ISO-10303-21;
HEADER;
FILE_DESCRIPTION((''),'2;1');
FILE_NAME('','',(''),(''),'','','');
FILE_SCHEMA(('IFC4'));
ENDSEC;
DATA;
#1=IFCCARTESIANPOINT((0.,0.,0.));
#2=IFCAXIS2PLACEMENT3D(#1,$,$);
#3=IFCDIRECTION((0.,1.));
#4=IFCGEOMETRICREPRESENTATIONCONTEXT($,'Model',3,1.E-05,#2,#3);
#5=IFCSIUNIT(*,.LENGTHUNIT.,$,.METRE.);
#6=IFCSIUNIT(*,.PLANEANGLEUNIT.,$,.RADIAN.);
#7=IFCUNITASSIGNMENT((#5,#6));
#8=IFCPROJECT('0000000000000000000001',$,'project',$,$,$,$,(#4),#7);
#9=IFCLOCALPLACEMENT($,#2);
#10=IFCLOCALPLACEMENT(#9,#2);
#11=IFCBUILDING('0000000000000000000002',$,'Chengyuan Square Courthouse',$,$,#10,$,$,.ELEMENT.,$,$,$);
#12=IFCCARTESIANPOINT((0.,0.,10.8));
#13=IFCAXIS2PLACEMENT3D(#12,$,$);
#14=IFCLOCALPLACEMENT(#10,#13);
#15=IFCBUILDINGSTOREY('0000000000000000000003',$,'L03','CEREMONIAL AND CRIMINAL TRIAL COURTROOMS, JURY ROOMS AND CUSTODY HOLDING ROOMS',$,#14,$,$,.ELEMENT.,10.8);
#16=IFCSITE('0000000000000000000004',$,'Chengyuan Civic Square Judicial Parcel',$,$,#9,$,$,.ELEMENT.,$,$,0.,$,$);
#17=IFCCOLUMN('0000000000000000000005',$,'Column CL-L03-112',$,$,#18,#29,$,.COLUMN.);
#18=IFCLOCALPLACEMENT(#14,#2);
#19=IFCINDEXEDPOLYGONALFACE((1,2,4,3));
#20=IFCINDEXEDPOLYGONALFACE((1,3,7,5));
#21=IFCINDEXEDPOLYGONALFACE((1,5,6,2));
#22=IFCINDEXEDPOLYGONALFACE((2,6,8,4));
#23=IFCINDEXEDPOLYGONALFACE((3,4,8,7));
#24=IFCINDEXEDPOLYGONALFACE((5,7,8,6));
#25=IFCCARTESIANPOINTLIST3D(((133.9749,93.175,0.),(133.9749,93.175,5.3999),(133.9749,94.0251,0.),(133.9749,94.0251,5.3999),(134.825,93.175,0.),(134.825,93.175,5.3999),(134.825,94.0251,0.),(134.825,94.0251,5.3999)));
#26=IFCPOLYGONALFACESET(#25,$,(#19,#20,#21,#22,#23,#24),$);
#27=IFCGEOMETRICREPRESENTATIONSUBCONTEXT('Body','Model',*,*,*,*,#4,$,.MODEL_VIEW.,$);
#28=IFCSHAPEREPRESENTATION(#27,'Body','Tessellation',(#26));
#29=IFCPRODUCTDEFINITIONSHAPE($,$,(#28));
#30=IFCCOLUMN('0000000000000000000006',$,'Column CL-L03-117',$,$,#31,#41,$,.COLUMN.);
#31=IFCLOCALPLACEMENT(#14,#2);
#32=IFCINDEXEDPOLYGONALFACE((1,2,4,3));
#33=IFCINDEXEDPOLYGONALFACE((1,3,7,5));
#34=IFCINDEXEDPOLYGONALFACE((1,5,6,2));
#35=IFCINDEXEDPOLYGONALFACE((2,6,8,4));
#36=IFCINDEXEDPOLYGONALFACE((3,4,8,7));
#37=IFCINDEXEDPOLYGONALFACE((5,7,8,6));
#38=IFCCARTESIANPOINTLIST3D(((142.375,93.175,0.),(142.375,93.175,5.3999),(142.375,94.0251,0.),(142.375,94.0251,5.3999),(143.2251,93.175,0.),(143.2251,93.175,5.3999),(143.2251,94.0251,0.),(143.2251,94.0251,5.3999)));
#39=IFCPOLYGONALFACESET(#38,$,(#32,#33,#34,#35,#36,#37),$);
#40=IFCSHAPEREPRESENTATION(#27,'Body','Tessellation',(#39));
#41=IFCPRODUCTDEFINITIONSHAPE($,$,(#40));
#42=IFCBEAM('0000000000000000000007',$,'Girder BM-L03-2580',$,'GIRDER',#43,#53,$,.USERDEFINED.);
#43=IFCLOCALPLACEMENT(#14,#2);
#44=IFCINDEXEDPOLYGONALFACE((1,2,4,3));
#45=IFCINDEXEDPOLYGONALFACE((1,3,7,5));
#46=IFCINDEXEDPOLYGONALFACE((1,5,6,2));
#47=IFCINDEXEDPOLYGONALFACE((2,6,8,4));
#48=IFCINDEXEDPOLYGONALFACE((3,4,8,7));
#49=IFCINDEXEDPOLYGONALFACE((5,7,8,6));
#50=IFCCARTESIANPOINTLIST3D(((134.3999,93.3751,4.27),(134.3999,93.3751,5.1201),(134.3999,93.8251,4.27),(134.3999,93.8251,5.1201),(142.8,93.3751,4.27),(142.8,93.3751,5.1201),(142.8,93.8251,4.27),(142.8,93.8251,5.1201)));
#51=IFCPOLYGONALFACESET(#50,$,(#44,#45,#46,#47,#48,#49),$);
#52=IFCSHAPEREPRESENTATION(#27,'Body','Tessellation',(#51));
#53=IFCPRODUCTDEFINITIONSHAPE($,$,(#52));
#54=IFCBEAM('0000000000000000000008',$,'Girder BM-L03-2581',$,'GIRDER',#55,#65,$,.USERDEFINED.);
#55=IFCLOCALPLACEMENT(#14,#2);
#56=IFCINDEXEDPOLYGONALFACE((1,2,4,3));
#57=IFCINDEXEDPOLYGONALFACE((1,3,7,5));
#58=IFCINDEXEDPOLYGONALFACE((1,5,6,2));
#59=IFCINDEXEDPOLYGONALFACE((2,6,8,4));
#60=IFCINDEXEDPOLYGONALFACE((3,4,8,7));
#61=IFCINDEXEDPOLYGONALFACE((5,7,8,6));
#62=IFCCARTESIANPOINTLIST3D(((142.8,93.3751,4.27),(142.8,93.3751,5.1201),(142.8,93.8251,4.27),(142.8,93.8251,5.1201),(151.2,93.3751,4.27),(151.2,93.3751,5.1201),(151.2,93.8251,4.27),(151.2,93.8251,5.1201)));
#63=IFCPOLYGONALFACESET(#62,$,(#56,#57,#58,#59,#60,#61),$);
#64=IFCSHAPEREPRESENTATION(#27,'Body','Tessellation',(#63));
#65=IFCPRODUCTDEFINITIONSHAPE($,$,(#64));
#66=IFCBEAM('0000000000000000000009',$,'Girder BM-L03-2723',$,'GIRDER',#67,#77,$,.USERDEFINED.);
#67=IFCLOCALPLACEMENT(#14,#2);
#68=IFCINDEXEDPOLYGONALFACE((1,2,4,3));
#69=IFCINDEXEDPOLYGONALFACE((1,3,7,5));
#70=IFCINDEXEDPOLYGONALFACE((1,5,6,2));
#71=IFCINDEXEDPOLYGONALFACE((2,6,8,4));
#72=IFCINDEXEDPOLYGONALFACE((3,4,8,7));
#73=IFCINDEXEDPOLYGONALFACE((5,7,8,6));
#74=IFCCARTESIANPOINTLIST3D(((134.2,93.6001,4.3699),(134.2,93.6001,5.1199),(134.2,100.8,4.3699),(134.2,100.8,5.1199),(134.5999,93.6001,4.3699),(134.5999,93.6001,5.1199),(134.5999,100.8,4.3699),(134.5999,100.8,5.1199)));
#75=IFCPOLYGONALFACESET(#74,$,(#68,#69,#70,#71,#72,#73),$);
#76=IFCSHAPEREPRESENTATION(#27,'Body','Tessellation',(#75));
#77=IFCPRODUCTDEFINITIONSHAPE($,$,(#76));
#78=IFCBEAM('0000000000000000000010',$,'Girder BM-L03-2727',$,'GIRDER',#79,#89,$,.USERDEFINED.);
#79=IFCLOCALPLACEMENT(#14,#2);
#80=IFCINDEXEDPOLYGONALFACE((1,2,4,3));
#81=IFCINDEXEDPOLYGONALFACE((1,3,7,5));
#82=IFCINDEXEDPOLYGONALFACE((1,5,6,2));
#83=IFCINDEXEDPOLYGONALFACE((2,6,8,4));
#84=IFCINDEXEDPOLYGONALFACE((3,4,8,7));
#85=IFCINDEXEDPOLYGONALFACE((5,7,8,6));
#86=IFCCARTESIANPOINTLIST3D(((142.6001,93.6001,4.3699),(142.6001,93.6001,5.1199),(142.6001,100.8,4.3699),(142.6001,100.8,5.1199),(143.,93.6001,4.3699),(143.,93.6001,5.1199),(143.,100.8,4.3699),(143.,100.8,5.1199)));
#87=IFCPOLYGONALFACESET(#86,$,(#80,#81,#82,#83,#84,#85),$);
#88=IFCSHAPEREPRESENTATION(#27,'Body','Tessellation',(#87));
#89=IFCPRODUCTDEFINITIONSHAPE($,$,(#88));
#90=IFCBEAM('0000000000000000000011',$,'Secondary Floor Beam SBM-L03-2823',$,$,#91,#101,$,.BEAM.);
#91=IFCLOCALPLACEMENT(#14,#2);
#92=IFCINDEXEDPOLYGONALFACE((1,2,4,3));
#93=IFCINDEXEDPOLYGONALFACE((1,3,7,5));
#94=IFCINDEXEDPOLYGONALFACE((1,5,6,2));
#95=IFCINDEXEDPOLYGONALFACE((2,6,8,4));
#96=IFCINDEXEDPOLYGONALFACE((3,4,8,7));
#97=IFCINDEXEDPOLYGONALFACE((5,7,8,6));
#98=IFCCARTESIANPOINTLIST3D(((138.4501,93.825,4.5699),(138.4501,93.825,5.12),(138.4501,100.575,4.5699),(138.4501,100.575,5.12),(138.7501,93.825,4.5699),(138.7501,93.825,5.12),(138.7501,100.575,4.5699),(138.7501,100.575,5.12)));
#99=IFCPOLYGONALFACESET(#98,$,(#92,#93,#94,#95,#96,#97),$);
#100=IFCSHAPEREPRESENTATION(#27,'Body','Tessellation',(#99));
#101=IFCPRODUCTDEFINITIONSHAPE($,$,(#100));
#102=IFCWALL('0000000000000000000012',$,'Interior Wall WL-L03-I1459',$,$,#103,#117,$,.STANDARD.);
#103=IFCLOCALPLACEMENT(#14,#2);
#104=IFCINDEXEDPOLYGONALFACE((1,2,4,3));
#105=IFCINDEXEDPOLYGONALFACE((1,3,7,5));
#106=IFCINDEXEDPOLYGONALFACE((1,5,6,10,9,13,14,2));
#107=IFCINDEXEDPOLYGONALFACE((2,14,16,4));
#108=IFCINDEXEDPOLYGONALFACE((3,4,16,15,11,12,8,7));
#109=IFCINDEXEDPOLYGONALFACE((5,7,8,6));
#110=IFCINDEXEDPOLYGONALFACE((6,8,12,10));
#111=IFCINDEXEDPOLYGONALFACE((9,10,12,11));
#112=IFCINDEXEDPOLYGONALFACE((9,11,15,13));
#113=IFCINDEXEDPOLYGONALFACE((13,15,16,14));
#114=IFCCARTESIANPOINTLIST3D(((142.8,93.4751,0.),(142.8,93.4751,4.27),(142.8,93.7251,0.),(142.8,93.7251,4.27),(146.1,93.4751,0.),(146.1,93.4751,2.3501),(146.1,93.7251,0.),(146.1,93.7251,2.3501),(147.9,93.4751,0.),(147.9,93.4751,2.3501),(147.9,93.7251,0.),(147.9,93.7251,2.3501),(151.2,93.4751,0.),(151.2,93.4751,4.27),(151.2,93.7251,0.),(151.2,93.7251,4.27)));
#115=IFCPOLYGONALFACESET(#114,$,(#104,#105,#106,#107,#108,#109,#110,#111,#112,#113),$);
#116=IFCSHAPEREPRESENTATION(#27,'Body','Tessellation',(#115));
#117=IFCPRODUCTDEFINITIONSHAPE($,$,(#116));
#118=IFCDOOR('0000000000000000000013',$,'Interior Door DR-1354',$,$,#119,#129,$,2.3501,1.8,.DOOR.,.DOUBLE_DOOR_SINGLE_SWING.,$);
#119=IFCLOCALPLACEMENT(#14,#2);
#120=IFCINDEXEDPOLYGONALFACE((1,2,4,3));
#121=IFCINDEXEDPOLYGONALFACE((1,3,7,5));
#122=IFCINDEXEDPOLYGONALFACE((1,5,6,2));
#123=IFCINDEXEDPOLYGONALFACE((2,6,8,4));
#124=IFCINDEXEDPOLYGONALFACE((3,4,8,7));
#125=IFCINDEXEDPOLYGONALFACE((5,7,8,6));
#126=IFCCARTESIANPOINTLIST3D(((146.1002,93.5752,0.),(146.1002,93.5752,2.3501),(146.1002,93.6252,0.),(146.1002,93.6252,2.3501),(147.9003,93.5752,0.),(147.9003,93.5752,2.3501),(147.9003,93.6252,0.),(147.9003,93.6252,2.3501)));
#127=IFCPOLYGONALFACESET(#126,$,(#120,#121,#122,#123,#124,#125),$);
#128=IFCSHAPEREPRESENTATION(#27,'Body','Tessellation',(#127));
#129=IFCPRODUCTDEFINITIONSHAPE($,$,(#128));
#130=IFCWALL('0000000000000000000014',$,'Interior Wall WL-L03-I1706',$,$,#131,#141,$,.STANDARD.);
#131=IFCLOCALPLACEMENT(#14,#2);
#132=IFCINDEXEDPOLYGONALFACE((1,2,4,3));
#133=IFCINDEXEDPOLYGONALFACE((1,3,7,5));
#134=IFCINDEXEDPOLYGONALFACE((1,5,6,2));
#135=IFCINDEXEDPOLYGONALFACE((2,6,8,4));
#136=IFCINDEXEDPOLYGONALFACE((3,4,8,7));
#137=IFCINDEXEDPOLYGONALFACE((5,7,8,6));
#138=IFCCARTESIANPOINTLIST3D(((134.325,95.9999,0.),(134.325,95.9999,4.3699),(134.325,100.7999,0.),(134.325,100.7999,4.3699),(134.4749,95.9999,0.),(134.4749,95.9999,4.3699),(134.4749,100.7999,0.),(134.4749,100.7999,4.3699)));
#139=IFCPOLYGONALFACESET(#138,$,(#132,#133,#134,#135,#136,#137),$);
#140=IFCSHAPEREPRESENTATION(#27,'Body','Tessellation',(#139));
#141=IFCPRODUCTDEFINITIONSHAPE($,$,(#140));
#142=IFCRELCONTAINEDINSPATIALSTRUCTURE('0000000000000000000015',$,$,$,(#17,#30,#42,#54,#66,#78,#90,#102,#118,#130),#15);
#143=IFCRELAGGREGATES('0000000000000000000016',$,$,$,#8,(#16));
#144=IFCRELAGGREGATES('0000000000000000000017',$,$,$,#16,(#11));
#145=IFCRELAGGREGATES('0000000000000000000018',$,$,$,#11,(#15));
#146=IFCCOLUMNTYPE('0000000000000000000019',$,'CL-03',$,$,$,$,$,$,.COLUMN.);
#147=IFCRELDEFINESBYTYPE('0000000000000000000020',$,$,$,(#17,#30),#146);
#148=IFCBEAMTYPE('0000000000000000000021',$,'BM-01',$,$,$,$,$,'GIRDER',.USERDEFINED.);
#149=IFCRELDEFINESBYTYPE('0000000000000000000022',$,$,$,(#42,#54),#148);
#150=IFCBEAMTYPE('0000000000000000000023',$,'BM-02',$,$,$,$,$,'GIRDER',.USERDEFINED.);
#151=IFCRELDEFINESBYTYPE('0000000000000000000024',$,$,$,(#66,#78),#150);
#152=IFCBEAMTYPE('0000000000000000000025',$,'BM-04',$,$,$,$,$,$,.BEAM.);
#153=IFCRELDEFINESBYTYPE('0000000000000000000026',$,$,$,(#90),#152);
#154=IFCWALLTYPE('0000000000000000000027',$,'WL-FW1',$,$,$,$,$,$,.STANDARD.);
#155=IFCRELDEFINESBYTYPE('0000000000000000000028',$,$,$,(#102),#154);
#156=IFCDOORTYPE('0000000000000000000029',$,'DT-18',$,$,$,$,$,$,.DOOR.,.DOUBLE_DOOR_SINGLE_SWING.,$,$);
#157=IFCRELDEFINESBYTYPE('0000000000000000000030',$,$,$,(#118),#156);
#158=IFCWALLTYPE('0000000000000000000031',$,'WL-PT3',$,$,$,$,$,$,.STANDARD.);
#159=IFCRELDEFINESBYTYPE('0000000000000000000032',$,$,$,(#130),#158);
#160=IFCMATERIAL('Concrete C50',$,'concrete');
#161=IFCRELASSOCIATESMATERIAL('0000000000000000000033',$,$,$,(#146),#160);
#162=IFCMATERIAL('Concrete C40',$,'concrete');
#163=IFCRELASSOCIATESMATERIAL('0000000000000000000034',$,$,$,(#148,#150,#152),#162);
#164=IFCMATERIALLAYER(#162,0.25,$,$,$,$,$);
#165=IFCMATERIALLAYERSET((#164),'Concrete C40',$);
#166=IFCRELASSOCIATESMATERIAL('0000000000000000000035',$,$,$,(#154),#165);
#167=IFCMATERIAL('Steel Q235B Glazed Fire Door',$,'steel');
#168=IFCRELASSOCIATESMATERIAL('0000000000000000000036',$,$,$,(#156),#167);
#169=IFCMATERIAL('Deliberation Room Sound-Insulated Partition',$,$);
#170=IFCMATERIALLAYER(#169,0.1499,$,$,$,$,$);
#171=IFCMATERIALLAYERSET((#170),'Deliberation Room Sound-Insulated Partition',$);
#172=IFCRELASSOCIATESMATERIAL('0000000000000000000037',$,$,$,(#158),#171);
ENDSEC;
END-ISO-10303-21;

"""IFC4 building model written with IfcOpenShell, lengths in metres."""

from ifc_helpers import new_model, si_unit, direction, frame, frame_2d, origin, origin_2d, place, context, subcontext, project, spatial, rectangle, extrude, material, layer, layer_set, material_profile, profile_set, type_object, element, fill, save


model = new_model("IFC4")

# Units and contexts
model_context = context("Model", 3, precision=1e-05, world=origin(), true_north=direction((0.0, 1.0)))
body_context = subcontext(model_context, "Body", "Model", "MODEL_VIEW")
ifc_project = project(units=[si_unit("LENGTHUNIT", "METRE"), si_unit("PLANEANGLEUNIT", "RADIAN")], contexts=[model_context])

# Site, building, storey
site_placement = place(None, origin())
site = spatial("IfcSite", under=ifc_project, at=site_placement, Name="Chengyuan Civic Square Judicial Parcel", CompositionType="ELEMENT", RefElevation=0.0)
building_placement = place(site_placement, origin())
building = spatial("IfcBuilding", under=site, at=building_placement, Name="Chengyuan Square Courthouse", CompositionType="ELEMENT")
storey_placement = place(building_placement, frame((0.0, 0.0, 10.8)))
storey = spatial("IfcBuildingStorey", under=building, at=storey_placement, Name="L03", Description="CEREMONIAL AND CRIMINAL TRIAL COURTROOMS, JURY ROOMS AND CUSTODY HOLDING ROOMS", CompositionType="ELEMENT", Elevation=10.8)

# Columns
ifc_material_1 = material(Name="Concrete C50", Category="concrete")
ifc_material_profile_1 = material_profile(ifc_material_1, rectangle(XDim=0.8501, YDim=0.8501, at=origin_2d()), Name="RC-COL-850x850")
ifc_profile_set_1 = profile_set([ifc_material_profile_1], Name="Concrete C50")
column_type = type_object("IfcColumnType", Name="CL-03", PredefinedType="COLUMN", material=ifc_profile_set_1)
for number, where, z_axis, x_axis, name in (
    (1, (134.3999, 93.6001, 0.0), (0.0, 0.0, 1.0), (1.0, 0.0, 0.0), "Column CL-L03-112"),
    (2, (142.8, 93.6001, 0.0), (0.0, 0.0, 1.0), (1.0, 0.0, 0.0), "Column CL-L03-117"),
):
    element("IfcColumn", number, at=place(storey_placement, frame(where, z_axis=z_axis, x_axis=x_axis)), inside=storey, type_object=column_type, Name=name, PredefinedType="COLUMN", context=body_context, shape_type="SweptSolid", body=[
        extrude(rectangle(XDim=0.8501, YDim=0.8501, at=origin_2d()), origin(), (0.0, 0.0, 1.0), 5.3999),
    ])

# Beams
ifc_material_2 = material(Name="Concrete C40", Category="concrete")
ifc_material_profile_2 = material_profile(ifc_material_2, rectangle(XDim=0.45, YDim=0.8501, at=origin_2d()), Name="RC-BM-450x850")
ifc_profile_set_2 = profile_set([ifc_material_profile_2], Name="Concrete C40")
beam_type_1 = type_object("IfcBeamType", Name="BM-01", ElementType="GIRDER", PredefinedType="USERDEFINED", material=ifc_profile_set_2)
beam_1_placement = place(storey_placement, frame((134.3999, 93.6001, 4.6951), z_axis=(1.0, 0.0, 0.0), x_axis=(0.0, 1.0, 0.0)))
element("IfcBeam", 3, at=beam_1_placement, inside=storey, type_object=beam_type_1, Name="Girder BM-L03-2580", ObjectType="GIRDER", PredefinedType="USERDEFINED", context=body_context, shape_type="SweptSolid", body=[
    extrude(rectangle(XDim=0.45, YDim=0.8501, at=origin_2d()), origin(), (0.0, 0.0, 1.0), 8.4001),
])
beam_2_placement = place(storey_placement, frame((142.8, 93.6001, 4.6951), z_axis=(1.0, 0.0, 0.0), x_axis=(0.0, 1.0, 0.0)))
element("IfcBeam", 4, at=beam_2_placement, inside=storey, type_object=beam_type_1, Name="Girder BM-L03-2581", ObjectType="GIRDER", PredefinedType="USERDEFINED", context=body_context, shape_type="SweptSolid", body=[
    extrude(rectangle(XDim=0.45, YDim=0.8501, at=origin_2d()), origin(), (0.0, 0.0, 1.0), 8.3999),
])
ifc_material_profile_3 = material_profile(ifc_material_2, rectangle(XDim=0.3999, YDim=0.75, at=origin_2d()), Name="RC-BM-400x750")
ifc_profile_set_3 = profile_set([ifc_material_profile_3], Name="Concrete C40")
beam_type_2 = type_object("IfcBeamType", Name="BM-02", ElementType="GIRDER", PredefinedType="USERDEFINED", material=ifc_profile_set_3)
for number, where, z_axis, x_axis, name in (
    (5, (134.3999, 93.6001, 4.7449), (0.0, 1.0, 0.0), (-1.0, 0.0, 0.0), "Girder BM-L03-2723"),
    (6, (142.8, 93.6001, 4.7449), (0.0, 1.0, 0.0), (-1.0, 0.0, 0.0), "Girder BM-L03-2727"),
):
    element("IfcBeam", number, at=place(storey_placement, frame(where, z_axis=z_axis, x_axis=x_axis)), inside=storey, type_object=beam_type_2, Name=name, ObjectType="GIRDER", PredefinedType="USERDEFINED", context=body_context, shape_type="SweptSolid", body=[
        extrude(rectangle(XDim=0.3999, YDim=0.75, at=origin_2d()), origin(), (0.0, 0.0, 1.0), 7.2),
    ])
ifc_material_profile_4 = material_profile(ifc_material_2, rectangle(XDim=0.3, YDim=0.55, at=origin_2d()), Name="RC-BM-300x550")
ifc_profile_set_4 = profile_set([ifc_material_profile_4], Name="Concrete C40")
beam_type_3 = type_object("IfcBeamType", Name="BM-04", PredefinedType="BEAM", material=ifc_profile_set_4)
beam_3_placement = place(storey_placement, frame((138.6001, 93.825, 4.845), z_axis=(0.0, 1.0, 0.0), x_axis=(-1.0, 0.0, 0.0)))
element("IfcBeam", 7, at=beam_3_placement, inside=storey, type_object=beam_type_3, Name="Secondary Floor Beam SBM-L03-2823", PredefinedType="BEAM", context=body_context, shape_type="SweptSolid", body=[
    extrude(rectangle(XDim=0.3, YDim=0.55, at=origin_2d()), origin(), (0.0, 0.0, 1.0), 6.75),
])

# Wall, opening, door
ifc_layer_1 = layer(ifc_material_2, 0.25)
ifc_layer_set_1 = layer_set([ifc_layer_1], Name="Concrete C40")
wall_type_1 = type_object("IfcWallType", Name="WL-FW1", PredefinedType="STANDARD", material=ifc_layer_set_1)
wall_1_placement = place(storey_placement, frame((142.8, 93.6001, 0.0), z_axis=(0.0, 0.0, 1.0), x_axis=(1.0, 0.0, 0.0)))
wall_1 = element("IfcWall", 8, at=wall_1_placement, inside=storey, type_object=wall_type_1, Name="Interior Wall WL-L03-I1459", PredefinedType="STANDARD", context=body_context, shape_type="SweptSolid", body=[
    extrude(rectangle(XDim=8.3999, YDim=0.25, at=frame_2d((4.2, 0.0))), origin(), (0.0, 0.0, 1.0), 4.27),
])
opening_1_placement = place(wall_1_placement, frame((3.3, 0.0, 0.0)))
opening_1 = element("IfcOpeningElement", 9, at=opening_1_placement, cuts=wall_1, PredefinedType="OPENING", context=body_context, shape_type="SweptSolid", body=[
    extrude(rectangle(XDim=1.8, YDim=2.3501, at=frame_2d((0.8999, 1.175))), frame((0.0, 0.137, 0.0), z_axis=(0.0, -1.0, 0.0), x_axis=(1.0, 0.0, 0.0)), (0.0, 0.0, 1.0), 0.2739),
])
ifc_material_3 = material(Name="Steel Q235B Glazed Fire Door", Category="steel")
door_type_1 = type_object("IfcDoorType", Name="DT-18", OperationType="DOUBLE_DOOR_SINGLE_SWING", PredefinedType="DOOR", material=ifc_material_3)
door_1_placement = place(opening_1_placement, frame((1.8, 0.0, 0.0), z_axis=(0.0, 0.0, 1.0), x_axis=(-1.0, 0.0, 0.0)))
door_1 = element("IfcDoor", 10, at=door_1_placement, inside=storey, type_object=door_type_1, Name="Interior Door DR-1354", OperationType="DOUBLE_DOOR_SINGLE_SWING", OverallHeight=2.3501, OverallWidth=1.8, PredefinedType="DOOR", context=body_context, shape_type="SweptSolid", body=[
    extrude(rectangle(XDim=1.8, YDim=2.3501, at=frame_2d((0.8999, 1.175))), frame((0.0, 0.0249, 0.0), z_axis=(0.0, -1.0, 0.0), x_axis=(1.0, 0.0, 0.0)), (0.0, 0.0, 1.0), 0.05),
])
fill(opening_1, door_1)

# Wall
ifc_material_4 = material(Name="Deliberation Room Sound-Insulated Partition")
ifc_layer_2 = layer(ifc_material_4, 0.1499)
ifc_layer_set_2 = layer_set([ifc_layer_2], Name="Deliberation Room Sound-Insulated Partition")
wall_type_2 = type_object("IfcWallType", Name="WL-PT3", PredefinedType="STANDARD", material=ifc_layer_set_2)
wall_2_placement = place(storey_placement, frame((134.3999, 96.0, 0.0), z_axis=(0.0, 0.0, 1.0), x_axis=(0.0, 1.0, 0.0)))
element("IfcWall", 11, at=wall_2_placement, inside=storey, type_object=wall_type_2, Name="Interior Wall WL-L03-I1706", PredefinedType="STANDARD", context=body_context, shape_type="SweptSolid", body=[
    extrude(rectangle(XDim=4.8, YDim=0.1499, at=frame_2d((2.3999, 0.0))), origin(), (0.0, 0.0, 1.0), 4.3699),
])

save(model, "model.ifc")
